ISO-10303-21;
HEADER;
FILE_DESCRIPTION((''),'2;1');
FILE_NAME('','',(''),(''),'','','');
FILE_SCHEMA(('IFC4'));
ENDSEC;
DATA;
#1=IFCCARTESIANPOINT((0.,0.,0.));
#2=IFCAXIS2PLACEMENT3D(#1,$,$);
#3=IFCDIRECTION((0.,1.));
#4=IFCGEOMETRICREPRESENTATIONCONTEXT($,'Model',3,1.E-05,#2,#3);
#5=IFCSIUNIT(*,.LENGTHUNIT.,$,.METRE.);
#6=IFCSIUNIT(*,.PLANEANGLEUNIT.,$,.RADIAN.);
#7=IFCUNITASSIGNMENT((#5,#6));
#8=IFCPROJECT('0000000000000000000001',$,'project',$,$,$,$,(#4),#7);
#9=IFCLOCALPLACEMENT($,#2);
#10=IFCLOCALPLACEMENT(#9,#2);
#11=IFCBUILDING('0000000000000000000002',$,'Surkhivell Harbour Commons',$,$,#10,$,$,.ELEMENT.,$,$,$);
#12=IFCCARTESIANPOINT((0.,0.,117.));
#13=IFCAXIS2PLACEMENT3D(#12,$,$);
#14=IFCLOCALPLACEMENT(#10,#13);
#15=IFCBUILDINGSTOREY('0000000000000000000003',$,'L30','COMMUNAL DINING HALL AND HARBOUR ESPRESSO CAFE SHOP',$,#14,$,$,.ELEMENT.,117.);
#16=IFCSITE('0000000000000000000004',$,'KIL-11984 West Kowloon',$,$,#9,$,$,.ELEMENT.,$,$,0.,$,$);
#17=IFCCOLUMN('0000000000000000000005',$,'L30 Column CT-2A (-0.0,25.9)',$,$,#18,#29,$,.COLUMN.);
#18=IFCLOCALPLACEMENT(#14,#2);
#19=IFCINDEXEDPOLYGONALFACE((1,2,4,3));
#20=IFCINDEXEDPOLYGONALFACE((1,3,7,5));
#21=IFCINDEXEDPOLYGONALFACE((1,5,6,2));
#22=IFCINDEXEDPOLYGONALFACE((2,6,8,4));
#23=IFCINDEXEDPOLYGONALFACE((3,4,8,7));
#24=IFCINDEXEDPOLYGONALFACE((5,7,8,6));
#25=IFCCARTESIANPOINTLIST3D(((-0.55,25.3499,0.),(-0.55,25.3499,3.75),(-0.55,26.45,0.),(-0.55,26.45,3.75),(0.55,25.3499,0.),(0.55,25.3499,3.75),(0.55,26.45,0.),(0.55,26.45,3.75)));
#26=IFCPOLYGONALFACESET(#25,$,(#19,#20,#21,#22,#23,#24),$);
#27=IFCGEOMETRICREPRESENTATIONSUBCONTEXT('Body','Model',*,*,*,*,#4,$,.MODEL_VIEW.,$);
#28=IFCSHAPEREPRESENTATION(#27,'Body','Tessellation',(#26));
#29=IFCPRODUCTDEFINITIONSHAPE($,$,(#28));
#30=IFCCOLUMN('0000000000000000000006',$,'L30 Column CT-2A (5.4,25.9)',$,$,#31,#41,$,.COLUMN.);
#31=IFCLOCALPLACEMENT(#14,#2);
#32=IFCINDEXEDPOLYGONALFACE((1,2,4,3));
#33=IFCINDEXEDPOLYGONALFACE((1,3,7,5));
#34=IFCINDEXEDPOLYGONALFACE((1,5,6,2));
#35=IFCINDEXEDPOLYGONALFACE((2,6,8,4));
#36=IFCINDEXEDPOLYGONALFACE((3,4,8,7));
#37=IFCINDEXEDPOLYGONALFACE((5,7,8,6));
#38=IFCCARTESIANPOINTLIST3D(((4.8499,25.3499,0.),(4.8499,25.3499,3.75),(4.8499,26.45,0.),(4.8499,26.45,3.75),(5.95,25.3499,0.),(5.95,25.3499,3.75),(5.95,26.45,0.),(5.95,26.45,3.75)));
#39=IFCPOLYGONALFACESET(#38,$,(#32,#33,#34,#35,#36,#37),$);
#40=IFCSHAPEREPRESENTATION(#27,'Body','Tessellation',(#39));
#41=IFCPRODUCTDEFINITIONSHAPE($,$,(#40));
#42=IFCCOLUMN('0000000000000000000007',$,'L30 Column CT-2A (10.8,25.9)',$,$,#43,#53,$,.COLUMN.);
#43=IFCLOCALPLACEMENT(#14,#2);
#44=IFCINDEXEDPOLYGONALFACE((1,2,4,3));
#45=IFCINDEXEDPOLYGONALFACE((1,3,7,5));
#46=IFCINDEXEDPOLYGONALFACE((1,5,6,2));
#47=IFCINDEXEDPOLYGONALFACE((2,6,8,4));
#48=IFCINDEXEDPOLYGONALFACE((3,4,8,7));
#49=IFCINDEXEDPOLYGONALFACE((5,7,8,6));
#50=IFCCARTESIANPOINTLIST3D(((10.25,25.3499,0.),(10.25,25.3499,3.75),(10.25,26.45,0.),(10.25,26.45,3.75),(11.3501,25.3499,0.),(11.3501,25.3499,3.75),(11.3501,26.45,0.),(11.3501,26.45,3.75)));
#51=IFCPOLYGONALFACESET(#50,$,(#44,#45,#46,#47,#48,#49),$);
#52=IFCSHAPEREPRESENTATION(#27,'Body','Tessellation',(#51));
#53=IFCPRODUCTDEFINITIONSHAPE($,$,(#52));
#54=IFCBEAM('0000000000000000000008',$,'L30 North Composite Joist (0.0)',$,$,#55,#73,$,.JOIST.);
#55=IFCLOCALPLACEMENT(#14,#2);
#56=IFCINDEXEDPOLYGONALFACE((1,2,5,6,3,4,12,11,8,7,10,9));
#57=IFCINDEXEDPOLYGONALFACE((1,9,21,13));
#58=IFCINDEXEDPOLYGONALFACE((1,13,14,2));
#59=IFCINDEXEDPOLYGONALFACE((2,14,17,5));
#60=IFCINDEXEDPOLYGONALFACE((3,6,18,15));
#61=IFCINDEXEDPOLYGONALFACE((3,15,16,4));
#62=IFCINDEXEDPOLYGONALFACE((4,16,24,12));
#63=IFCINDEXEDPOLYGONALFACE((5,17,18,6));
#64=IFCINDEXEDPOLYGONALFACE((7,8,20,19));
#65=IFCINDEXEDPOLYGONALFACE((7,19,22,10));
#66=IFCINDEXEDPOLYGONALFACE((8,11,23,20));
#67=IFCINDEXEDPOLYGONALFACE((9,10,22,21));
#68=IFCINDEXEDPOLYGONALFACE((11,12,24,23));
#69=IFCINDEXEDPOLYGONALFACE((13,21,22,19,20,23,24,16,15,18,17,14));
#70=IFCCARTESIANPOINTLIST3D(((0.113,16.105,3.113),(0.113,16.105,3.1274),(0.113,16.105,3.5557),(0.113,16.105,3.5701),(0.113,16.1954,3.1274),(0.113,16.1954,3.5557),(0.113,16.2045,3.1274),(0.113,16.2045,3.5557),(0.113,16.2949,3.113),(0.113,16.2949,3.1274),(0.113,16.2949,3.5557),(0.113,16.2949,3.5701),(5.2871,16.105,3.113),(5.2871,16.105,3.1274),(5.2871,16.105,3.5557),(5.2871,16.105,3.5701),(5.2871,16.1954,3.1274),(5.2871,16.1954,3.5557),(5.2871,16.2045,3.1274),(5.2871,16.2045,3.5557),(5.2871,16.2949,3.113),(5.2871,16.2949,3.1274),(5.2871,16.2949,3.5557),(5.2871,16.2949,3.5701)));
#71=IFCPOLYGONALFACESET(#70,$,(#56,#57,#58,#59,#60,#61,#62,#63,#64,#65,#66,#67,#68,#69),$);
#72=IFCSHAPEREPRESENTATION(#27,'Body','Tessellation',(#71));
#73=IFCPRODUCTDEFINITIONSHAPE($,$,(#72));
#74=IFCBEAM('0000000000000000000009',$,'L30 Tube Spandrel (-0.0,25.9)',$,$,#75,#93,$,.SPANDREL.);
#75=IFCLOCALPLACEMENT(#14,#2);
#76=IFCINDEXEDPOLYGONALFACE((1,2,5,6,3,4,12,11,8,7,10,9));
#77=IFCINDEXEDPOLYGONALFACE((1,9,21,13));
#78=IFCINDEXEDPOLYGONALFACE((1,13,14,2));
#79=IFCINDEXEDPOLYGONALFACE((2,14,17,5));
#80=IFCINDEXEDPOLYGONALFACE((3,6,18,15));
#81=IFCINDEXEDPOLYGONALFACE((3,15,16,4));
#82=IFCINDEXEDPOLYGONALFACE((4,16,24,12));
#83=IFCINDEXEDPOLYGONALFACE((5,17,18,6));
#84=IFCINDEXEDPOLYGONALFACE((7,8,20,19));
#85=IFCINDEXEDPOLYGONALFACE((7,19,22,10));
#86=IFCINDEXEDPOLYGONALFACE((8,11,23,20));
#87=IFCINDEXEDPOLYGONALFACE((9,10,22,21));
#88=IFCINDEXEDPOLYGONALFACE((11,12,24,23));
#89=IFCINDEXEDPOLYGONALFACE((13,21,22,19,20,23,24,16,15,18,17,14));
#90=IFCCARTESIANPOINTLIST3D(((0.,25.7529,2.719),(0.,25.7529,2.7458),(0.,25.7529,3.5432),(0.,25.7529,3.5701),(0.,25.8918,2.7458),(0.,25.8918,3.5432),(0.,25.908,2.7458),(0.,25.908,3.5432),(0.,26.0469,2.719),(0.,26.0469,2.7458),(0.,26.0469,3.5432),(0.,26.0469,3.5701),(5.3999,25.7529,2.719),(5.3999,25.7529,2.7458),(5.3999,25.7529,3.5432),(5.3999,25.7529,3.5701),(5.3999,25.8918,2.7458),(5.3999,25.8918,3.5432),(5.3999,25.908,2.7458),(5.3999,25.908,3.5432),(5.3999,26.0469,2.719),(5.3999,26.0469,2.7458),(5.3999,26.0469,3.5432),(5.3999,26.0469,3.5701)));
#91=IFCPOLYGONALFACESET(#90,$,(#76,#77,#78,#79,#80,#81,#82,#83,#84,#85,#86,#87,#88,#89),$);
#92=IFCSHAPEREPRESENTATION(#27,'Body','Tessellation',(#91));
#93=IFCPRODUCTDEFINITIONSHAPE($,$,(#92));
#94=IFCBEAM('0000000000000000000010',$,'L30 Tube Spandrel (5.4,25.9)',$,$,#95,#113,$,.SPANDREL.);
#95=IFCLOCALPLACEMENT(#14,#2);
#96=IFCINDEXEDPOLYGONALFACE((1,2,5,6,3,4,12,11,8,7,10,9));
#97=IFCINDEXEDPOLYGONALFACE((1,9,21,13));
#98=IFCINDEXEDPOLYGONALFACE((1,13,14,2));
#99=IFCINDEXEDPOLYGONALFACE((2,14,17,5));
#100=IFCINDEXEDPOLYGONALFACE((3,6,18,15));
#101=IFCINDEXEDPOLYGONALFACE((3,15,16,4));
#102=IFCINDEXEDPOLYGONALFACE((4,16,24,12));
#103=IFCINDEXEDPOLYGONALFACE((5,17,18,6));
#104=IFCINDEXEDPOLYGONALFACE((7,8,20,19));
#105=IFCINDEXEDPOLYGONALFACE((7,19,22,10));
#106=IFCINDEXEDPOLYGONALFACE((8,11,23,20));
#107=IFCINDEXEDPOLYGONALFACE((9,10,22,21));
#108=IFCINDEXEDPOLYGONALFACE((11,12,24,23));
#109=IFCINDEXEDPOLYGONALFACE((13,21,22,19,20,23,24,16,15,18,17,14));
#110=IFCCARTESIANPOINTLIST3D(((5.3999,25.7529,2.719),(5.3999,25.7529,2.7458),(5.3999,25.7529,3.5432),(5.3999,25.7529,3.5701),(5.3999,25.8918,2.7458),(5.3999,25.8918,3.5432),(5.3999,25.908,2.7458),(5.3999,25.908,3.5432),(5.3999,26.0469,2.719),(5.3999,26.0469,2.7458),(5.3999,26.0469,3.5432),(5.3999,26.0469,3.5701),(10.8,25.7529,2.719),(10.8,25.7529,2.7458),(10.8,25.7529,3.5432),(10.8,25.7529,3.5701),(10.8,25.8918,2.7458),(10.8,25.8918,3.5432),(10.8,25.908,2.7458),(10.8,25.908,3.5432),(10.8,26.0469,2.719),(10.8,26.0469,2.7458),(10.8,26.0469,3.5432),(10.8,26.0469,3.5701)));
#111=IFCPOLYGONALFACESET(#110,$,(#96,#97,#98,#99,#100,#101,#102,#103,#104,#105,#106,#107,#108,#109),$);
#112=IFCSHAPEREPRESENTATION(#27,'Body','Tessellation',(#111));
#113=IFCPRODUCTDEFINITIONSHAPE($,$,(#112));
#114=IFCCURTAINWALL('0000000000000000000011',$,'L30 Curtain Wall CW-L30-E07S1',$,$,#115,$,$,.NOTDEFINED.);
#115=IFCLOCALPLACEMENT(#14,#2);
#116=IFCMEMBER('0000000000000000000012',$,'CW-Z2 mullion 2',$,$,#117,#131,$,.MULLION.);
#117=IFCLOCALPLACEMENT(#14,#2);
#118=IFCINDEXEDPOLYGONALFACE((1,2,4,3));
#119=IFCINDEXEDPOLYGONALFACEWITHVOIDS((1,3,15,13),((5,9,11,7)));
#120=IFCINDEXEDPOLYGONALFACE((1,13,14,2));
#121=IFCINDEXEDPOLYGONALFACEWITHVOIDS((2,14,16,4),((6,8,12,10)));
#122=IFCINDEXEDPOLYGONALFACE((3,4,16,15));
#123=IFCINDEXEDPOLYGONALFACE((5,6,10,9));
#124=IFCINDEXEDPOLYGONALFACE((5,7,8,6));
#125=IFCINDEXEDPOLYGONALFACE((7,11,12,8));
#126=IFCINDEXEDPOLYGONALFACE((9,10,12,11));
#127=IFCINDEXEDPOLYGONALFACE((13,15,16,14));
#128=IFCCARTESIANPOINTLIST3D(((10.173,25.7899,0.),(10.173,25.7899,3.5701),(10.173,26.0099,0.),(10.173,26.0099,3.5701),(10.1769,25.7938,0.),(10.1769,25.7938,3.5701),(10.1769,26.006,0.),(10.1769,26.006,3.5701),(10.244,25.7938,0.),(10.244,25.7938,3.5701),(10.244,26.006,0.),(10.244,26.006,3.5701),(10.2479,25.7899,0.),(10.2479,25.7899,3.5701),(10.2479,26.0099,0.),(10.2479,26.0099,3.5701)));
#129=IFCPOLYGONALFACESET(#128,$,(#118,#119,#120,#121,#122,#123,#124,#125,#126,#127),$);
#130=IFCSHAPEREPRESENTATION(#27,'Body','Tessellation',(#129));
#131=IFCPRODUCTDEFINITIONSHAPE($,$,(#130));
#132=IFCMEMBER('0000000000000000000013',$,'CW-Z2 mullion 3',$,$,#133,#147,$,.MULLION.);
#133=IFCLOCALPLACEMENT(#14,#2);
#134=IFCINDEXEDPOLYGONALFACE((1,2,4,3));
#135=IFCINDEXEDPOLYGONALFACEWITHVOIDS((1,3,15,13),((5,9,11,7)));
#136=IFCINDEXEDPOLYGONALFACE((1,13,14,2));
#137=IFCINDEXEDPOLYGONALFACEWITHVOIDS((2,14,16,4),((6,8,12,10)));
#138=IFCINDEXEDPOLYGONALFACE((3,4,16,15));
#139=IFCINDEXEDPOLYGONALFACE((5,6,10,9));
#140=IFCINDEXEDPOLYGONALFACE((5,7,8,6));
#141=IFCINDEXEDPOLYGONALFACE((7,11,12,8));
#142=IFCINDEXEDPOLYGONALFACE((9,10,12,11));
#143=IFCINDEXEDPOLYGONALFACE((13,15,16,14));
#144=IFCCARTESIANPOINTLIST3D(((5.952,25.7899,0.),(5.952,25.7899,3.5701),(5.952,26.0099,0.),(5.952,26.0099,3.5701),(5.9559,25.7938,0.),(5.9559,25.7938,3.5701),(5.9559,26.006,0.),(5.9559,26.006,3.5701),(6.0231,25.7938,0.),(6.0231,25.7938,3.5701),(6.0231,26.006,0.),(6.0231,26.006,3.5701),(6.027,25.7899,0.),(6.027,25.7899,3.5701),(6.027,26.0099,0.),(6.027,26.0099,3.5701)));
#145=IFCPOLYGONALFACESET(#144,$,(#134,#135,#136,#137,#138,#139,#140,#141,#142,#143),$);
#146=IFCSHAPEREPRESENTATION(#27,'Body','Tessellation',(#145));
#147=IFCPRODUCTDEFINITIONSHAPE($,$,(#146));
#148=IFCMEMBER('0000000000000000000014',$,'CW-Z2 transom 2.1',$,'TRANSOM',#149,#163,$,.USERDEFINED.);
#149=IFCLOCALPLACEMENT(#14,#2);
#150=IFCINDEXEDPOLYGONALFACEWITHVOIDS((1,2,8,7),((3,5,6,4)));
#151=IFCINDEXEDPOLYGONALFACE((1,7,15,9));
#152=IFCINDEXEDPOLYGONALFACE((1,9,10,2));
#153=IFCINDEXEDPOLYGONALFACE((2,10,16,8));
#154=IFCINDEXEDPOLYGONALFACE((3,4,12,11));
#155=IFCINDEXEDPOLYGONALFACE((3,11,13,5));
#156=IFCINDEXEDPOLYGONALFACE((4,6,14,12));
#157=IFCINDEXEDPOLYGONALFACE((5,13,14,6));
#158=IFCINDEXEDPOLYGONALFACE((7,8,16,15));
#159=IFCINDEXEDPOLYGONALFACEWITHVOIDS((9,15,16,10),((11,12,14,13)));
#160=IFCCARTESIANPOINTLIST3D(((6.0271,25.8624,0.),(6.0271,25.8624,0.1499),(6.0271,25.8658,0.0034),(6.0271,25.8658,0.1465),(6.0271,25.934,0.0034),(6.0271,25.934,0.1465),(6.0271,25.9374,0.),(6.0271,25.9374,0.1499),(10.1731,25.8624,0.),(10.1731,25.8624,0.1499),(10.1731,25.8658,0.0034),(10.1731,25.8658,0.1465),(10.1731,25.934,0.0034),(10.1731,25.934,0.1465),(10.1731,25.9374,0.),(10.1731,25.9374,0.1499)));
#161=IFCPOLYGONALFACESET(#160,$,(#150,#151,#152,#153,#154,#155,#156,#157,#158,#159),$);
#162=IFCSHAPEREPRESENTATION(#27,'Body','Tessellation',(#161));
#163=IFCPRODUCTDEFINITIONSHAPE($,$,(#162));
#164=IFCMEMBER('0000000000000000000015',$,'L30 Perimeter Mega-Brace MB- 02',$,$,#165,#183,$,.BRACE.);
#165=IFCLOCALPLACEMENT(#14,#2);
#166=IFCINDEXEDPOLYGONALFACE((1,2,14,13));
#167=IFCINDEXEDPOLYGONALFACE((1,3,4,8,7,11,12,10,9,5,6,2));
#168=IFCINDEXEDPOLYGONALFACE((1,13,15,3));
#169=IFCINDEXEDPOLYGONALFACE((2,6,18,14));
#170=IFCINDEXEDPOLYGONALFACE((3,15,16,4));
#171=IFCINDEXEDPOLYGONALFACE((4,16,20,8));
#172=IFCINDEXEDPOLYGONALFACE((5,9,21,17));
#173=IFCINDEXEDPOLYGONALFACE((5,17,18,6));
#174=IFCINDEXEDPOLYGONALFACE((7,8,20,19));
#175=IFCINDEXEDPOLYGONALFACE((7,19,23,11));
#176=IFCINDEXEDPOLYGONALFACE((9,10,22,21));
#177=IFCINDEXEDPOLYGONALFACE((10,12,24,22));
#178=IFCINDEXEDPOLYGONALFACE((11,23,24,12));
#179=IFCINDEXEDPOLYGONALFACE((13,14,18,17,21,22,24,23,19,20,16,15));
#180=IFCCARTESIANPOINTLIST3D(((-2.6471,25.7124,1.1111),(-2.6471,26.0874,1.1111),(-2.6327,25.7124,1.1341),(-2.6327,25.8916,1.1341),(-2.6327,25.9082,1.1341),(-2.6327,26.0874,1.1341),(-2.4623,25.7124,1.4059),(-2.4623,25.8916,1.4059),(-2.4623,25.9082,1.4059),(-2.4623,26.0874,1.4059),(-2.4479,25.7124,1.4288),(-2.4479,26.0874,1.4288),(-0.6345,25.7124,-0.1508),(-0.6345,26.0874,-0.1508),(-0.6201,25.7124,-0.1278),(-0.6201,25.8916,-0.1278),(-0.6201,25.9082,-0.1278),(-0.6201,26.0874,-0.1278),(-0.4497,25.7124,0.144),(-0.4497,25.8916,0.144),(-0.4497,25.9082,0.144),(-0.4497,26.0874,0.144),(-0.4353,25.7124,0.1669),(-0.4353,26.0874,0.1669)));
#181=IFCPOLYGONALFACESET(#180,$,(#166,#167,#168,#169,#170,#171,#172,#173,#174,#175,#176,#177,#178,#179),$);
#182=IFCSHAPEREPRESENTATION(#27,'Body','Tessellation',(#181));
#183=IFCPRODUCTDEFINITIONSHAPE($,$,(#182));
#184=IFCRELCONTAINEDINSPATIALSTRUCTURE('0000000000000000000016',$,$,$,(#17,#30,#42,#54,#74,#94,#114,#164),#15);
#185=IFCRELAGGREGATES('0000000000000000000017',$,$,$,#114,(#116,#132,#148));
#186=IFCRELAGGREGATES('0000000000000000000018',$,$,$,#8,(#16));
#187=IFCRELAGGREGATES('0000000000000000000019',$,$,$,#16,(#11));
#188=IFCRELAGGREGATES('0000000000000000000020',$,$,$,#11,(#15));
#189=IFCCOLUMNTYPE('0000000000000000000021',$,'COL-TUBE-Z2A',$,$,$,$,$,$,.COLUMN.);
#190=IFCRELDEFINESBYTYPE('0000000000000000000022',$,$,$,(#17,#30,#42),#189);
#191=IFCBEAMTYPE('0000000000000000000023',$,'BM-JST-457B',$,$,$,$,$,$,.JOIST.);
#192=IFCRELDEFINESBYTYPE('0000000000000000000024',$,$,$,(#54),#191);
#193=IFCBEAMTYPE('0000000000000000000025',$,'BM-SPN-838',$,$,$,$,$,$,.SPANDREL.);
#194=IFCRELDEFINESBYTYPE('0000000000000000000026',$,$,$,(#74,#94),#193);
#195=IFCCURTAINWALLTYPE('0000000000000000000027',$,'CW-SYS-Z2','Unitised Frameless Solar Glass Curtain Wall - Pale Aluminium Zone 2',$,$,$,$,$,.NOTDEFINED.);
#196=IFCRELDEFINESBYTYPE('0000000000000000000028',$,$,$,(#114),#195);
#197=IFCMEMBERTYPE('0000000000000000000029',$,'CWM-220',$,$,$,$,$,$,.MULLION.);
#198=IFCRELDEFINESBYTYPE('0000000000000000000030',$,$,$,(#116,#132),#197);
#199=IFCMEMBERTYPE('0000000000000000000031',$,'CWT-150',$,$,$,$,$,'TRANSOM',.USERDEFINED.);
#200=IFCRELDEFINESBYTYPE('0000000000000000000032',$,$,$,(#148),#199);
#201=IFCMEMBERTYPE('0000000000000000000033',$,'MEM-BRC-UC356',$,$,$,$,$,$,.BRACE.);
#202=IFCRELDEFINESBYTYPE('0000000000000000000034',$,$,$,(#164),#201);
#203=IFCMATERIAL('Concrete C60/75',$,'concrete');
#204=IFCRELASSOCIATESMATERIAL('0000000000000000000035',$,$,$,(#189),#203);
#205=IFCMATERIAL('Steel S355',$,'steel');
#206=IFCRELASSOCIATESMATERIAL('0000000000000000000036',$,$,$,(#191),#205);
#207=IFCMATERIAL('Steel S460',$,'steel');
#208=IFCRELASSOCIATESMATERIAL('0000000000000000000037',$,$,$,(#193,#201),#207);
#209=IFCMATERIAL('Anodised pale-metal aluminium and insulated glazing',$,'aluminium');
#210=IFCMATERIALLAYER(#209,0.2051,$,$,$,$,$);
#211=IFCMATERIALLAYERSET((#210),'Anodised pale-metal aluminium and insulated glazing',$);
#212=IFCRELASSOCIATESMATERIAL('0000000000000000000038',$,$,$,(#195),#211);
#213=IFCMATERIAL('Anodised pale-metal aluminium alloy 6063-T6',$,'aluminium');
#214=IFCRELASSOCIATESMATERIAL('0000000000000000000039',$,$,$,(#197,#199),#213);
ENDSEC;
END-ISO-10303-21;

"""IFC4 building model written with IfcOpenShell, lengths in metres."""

from ifc_helpers import new_model, si_unit, direction, frame, origin, origin_2d, place, context, subcontext, project, spatial, rectangle, hollow_rectangle, i_section, extrude, material, layer, layer_set, material_profile, profile_set, type_object, element, aggregate, save


model = new_model("IFC4")

# Units and contexts
model_context = context("Model", 3, precision=1e-05, world=origin(), true_north=direction((0.0, 1.0)))
body_context = subcontext(model_context, "Body", "Model", "MODEL_VIEW")
ifc_project = project(units=[si_unit("LENGTHUNIT", "METRE"), si_unit("PLANEANGLEUNIT", "RADIAN")], contexts=[model_context])

# Site, building, storey
site_placement = place(None, origin())
site = spatial("IfcSite", under=ifc_project, at=site_placement, Name="KIL-11984 West Kowloon", CompositionType="ELEMENT", RefElevation=0.0)
building_placement = place(site_placement, origin())
building = spatial("IfcBuilding", under=site, at=building_placement, Name="Surkhivell Harbour Commons", CompositionType="ELEMENT")
storey_placement = place(building_placement, frame((0.0, 0.0, 117.0)))
storey = spatial("IfcBuildingStorey", under=building, at=storey_placement, Name="L30", Description="COMMUNAL DINING HALL AND HARBOUR ESPRESSO CAFE SHOP", CompositionType="ELEMENT", Elevation=117.0)

# Columns
ifc_material_1 = material(Name="Concrete C60/75", Category="concrete")
ifc_material_profile_1 = material_profile(ifc_material_1, rectangle(XDim=1.1001, YDim=1.1001, at=origin_2d()), Name="RC-COL-1100x1100")
ifc_profile_set_1 = profile_set([ifc_material_profile_1], Name="Concrete C60/75")
column_type = type_object("IfcColumnType", Name="COL-TUBE-Z2A", PredefinedType="COLUMN", material=ifc_profile_set_1)
for number, where, z_axis, x_axis, name in (
    (1, (0.0, 25.8999, 0.0), (0.0, 0.0, 1.0), (1.0, 0.0, 0.0), "L30 Column CT-2A (-0.0,25.9)"),
    (2, (5.3999, 25.8999, 0.0), (0.0, 0.0, 1.0), (1.0, 0.0, 0.0), "L30 Column CT-2A (5.4,25.9)"),
    (3, (10.8, 25.8999, 0.0), (0.0, 0.0, 1.0), (1.0, 0.0, 0.0), "L30 Column CT-2A (10.8,25.9)"),
):
    element("IfcColumn", number, at=place(storey_placement, frame(where, z_axis=z_axis, x_axis=x_axis)), inside=storey, type_object=column_type, Name=name, PredefinedType="COLUMN", context=body_context, shape_type="SweptSolid", body=[
        extrude(rectangle(XDim=1.1001, YDim=1.1001, at=origin_2d()), origin(), (0.0, 0.0, 1.0), 3.75),
    ])

# Beams
ifc_material_2 = material(Name="Steel S355", Category="steel")
ifc_material_profile_2 = material_profile(ifc_material_2, i_section(OverallWidth=0.1899, OverallDepth=0.457, WebThickness=0.009, FlangeThickness=0.0144, at=origin_2d()), Name="UB457x191x74")
ifc_profile_set_2 = profile_set([ifc_material_profile_2], Name="Steel S355")
beam_type_1 = type_object("IfcBeamType", Name="BM-JST-457B", PredefinedType="JOIST", material=ifc_profile_set_2)
beam_1_placement = place(storey_placement, frame((0.113, 16.2, 3.3416), z_axis=(1.0, 0.0, 0.0), x_axis=(0.0, 1.0, 0.0)))
element("IfcBeam", 4, at=beam_1_placement, inside=storey, type_object=beam_type_1, Name="L30 North Composite Joist (0.0)", PredefinedType="JOIST", context=body_context, shape_type="SweptSolid", body=[
    extrude(i_section(OverallWidth=0.1899, OverallDepth=0.457, WebThickness=0.009, FlangeThickness=0.0144, at=origin_2d()), origin(), (0.0, 0.0, 1.0), 5.1741),
])
ifc_material_3 = material(Name="Steel S460", Category="steel")
ifc_material_profile_3 = material_profile(ifc_material_3, i_section(OverallWidth=0.2939, OverallDepth=0.8511, WebThickness=0.0161, FlangeThickness=0.0269, at=origin_2d()), Name="UB838x292x226")
ifc_profile_set_3 = profile_set([ifc_material_profile_3], Name="Steel S460")
beam_type_2 = type_object("IfcBeamType", Name="BM-SPN-838", PredefinedType="SPANDREL", material=ifc_profile_set_3)
beam_2_placement = place(storey_placement, frame((0.0, 25.8999, 3.1445), z_axis=(1.0, 0.0, 0.0), x_axis=(0.0, 1.0, 0.0)))
element("IfcBeam", 5, at=beam_2_placement, inside=storey, type_object=beam_type_2, Name="L30 Tube Spandrel (-0.0,25.9)", PredefinedType="SPANDREL", context=body_context, shape_type="SweptSolid", body=[
    extrude(i_section(OverallWidth=0.2939, OverallDepth=0.8511, WebThickness=0.0161, FlangeThickness=0.0269, at=origin_2d()), origin(), (0.0, 0.0, 1.0), 5.3999),
])
beam_3_placement = place(storey_placement, frame((5.3999, 25.8999, 3.1445), z_axis=(1.0, 0.0, 0.0), x_axis=(0.0, 1.0, 0.0)))
element("IfcBeam", 6, at=beam_3_placement, inside=storey, type_object=beam_type_2, Name="L30 Tube Spandrel (5.4,25.9)", PredefinedType="SPANDREL", context=body_context, shape_type="SweptSolid", body=[
    extrude(i_section(OverallWidth=0.2939, OverallDepth=0.8511, WebThickness=0.0161, FlangeThickness=0.0269, at=origin_2d()), origin(), (0.0, 0.0, 1.0), 5.4001),
])

# Curtain wall, members
ifc_material_4 = material(Name="Anodised pale-metal aluminium and insulated glazing", Category="aluminium")
ifc_layer_1 = layer(ifc_material_4, 0.2051)
ifc_layer_set_1 = layer_set([ifc_layer_1], Name="Anodised pale-metal aluminium and insulated glazing")
curtain_wall_type = type_object("IfcCurtainWallType", Name="CW-SYS-Z2", Description="Unitised Frameless Solar Glass Curtain Wall - Pale Aluminium Zone 2", PredefinedType="NOTDEFINED", material=ifc_layer_set_1)
curtain_wall_placement = place(storey_placement, origin())
curtain_wall = element("IfcCurtainWall", 7, at=curtain_wall_placement, inside=storey, type_object=curtain_wall_type, Name="L30 Curtain Wall CW-L30-E07S1", PredefinedType="NOTDEFINED")
ifc_material_5 = material(Name="Anodised pale-metal aluminium alloy 6063-T6", Category="aluminium")
ifc_material_profile_4 = material_profile(ifc_material_5, hollow_rectangle(XDim=0.075, YDim=0.22, WallThickness=0.0039, at=origin_2d()), Name="ALU-MULL-75x220")
ifc_profile_set_4 = profile_set([ifc_material_profile_4], Name="Anodised pale-metal aluminium alloy 6063-T6")
member_type_1 = type_object("IfcMemberType", Name="CWM-220", PredefinedType="MULLION", material=ifc_profile_set_4)
member_1_placement = place(storey_placement, frame((10.2104, 25.8999, 0.0), z_axis=(0.0, 0.0, 1.0), x_axis=(-1.0, 0.0, 0.0)))
member_1 = element("IfcMember", 8, at=member_1_placement, type_object=member_type_1, Name="CW-Z2 mullion 2", PredefinedType="MULLION", context=body_context, shape_type="SweptSolid", body=[
    extrude(hollow_rectangle(XDim=0.075, YDim=0.22, WallThickness=0.0039, at=origin_2d()), origin(), (0.0, 0.0, 1.0), 3.5701),
])
member_2_placement = place(storey_placement, frame((5.9895, 25.8999, 0.0), z_axis=(0.0, 0.0, 1.0), x_axis=(-1.0, 0.0, 0.0)))
member_2 = element("IfcMember", 9, at=member_2_placement, type_object=member_type_1, Name="CW-Z2 mullion 3", PredefinedType="MULLION", context=body_context, shape_type="SweptSolid", body=[
    extrude(hollow_rectangle(XDim=0.075, YDim=0.22, WallThickness=0.0039, at=origin_2d()), origin(), (0.0, 0.0, 1.0), 3.5701),
])
ifc_material_profile_5 = material_profile(ifc_material_5, hollow_rectangle(XDim=0.075, YDim=0.1499, WallThickness=0.0034, at=origin_2d()), Name="ALU-TRAN-75x150")
ifc_profile_set_5 = profile_set([ifc_material_profile_5], Name="Anodised pale-metal aluminium alloy 6063-T6")
member_type_2 = type_object("IfcMemberType", Name="CWT-150", ElementType="TRANSOM", PredefinedType="USERDEFINED", material=ifc_profile_set_5)
member_3_placement = place(storey_placement, frame((10.1731, 25.8999, 0.075), z_axis=(-1.0, 0.0, 0.0), x_axis=(0.0, -1.0, 0.0)))
member_3 = element("IfcMember", 10, at=member_3_placement, type_object=member_type_2, Name="CW-Z2 transom 2.1", ObjectType="TRANSOM", PredefinedType="USERDEFINED", context=body_context, shape_type="SweptSolid", body=[
    extrude(hollow_rectangle(XDim=0.075, YDim=0.1499, WallThickness=0.0034, at=origin_2d()), origin(), (0.0, 0.0, 1.0), 4.146),
])

# Member
ifc_material_profile_6 = material_profile(ifc_material_3, i_section(OverallWidth=0.375, OverallDepth=0.375, WebThickness=0.0166, FlangeThickness=0.0271, at=origin_2d()), Name="UC356x368x202")
ifc_profile_set_6 = profile_set([ifc_material_profile_6], Name="Steel S460")
member_type_3 = type_object("IfcMemberType", Name="MEM-BRC-UC356", PredefinedType="BRACE", material=ifc_profile_set_6)
member_4_placement = place(storey_placement, frame((-0.5349, 25.8999, 0.0081), z_axis=(-0.847235, 0.0, 0.531218), x_axis=(0.0, -1.0, 0.0)))
element("IfcMember", 11, at=member_4_placement, inside=storey, type_object=member_type_3, Name="L30 Perimeter Mega-Brace MB- 02", PredefinedType="BRACE", context=body_context, shape_type="SweptSolid", body=[
    extrude(i_section(OverallWidth=0.375, OverallDepth=0.375, WebThickness=0.0166, FlangeThickness=0.0271, at=origin_2d()), origin(), (0.0, 0.0, 1.0), 2.3755),
])

aggregate(curtain_wall, [member_1, member_2, member_3])

save(model, "model.ifc")
